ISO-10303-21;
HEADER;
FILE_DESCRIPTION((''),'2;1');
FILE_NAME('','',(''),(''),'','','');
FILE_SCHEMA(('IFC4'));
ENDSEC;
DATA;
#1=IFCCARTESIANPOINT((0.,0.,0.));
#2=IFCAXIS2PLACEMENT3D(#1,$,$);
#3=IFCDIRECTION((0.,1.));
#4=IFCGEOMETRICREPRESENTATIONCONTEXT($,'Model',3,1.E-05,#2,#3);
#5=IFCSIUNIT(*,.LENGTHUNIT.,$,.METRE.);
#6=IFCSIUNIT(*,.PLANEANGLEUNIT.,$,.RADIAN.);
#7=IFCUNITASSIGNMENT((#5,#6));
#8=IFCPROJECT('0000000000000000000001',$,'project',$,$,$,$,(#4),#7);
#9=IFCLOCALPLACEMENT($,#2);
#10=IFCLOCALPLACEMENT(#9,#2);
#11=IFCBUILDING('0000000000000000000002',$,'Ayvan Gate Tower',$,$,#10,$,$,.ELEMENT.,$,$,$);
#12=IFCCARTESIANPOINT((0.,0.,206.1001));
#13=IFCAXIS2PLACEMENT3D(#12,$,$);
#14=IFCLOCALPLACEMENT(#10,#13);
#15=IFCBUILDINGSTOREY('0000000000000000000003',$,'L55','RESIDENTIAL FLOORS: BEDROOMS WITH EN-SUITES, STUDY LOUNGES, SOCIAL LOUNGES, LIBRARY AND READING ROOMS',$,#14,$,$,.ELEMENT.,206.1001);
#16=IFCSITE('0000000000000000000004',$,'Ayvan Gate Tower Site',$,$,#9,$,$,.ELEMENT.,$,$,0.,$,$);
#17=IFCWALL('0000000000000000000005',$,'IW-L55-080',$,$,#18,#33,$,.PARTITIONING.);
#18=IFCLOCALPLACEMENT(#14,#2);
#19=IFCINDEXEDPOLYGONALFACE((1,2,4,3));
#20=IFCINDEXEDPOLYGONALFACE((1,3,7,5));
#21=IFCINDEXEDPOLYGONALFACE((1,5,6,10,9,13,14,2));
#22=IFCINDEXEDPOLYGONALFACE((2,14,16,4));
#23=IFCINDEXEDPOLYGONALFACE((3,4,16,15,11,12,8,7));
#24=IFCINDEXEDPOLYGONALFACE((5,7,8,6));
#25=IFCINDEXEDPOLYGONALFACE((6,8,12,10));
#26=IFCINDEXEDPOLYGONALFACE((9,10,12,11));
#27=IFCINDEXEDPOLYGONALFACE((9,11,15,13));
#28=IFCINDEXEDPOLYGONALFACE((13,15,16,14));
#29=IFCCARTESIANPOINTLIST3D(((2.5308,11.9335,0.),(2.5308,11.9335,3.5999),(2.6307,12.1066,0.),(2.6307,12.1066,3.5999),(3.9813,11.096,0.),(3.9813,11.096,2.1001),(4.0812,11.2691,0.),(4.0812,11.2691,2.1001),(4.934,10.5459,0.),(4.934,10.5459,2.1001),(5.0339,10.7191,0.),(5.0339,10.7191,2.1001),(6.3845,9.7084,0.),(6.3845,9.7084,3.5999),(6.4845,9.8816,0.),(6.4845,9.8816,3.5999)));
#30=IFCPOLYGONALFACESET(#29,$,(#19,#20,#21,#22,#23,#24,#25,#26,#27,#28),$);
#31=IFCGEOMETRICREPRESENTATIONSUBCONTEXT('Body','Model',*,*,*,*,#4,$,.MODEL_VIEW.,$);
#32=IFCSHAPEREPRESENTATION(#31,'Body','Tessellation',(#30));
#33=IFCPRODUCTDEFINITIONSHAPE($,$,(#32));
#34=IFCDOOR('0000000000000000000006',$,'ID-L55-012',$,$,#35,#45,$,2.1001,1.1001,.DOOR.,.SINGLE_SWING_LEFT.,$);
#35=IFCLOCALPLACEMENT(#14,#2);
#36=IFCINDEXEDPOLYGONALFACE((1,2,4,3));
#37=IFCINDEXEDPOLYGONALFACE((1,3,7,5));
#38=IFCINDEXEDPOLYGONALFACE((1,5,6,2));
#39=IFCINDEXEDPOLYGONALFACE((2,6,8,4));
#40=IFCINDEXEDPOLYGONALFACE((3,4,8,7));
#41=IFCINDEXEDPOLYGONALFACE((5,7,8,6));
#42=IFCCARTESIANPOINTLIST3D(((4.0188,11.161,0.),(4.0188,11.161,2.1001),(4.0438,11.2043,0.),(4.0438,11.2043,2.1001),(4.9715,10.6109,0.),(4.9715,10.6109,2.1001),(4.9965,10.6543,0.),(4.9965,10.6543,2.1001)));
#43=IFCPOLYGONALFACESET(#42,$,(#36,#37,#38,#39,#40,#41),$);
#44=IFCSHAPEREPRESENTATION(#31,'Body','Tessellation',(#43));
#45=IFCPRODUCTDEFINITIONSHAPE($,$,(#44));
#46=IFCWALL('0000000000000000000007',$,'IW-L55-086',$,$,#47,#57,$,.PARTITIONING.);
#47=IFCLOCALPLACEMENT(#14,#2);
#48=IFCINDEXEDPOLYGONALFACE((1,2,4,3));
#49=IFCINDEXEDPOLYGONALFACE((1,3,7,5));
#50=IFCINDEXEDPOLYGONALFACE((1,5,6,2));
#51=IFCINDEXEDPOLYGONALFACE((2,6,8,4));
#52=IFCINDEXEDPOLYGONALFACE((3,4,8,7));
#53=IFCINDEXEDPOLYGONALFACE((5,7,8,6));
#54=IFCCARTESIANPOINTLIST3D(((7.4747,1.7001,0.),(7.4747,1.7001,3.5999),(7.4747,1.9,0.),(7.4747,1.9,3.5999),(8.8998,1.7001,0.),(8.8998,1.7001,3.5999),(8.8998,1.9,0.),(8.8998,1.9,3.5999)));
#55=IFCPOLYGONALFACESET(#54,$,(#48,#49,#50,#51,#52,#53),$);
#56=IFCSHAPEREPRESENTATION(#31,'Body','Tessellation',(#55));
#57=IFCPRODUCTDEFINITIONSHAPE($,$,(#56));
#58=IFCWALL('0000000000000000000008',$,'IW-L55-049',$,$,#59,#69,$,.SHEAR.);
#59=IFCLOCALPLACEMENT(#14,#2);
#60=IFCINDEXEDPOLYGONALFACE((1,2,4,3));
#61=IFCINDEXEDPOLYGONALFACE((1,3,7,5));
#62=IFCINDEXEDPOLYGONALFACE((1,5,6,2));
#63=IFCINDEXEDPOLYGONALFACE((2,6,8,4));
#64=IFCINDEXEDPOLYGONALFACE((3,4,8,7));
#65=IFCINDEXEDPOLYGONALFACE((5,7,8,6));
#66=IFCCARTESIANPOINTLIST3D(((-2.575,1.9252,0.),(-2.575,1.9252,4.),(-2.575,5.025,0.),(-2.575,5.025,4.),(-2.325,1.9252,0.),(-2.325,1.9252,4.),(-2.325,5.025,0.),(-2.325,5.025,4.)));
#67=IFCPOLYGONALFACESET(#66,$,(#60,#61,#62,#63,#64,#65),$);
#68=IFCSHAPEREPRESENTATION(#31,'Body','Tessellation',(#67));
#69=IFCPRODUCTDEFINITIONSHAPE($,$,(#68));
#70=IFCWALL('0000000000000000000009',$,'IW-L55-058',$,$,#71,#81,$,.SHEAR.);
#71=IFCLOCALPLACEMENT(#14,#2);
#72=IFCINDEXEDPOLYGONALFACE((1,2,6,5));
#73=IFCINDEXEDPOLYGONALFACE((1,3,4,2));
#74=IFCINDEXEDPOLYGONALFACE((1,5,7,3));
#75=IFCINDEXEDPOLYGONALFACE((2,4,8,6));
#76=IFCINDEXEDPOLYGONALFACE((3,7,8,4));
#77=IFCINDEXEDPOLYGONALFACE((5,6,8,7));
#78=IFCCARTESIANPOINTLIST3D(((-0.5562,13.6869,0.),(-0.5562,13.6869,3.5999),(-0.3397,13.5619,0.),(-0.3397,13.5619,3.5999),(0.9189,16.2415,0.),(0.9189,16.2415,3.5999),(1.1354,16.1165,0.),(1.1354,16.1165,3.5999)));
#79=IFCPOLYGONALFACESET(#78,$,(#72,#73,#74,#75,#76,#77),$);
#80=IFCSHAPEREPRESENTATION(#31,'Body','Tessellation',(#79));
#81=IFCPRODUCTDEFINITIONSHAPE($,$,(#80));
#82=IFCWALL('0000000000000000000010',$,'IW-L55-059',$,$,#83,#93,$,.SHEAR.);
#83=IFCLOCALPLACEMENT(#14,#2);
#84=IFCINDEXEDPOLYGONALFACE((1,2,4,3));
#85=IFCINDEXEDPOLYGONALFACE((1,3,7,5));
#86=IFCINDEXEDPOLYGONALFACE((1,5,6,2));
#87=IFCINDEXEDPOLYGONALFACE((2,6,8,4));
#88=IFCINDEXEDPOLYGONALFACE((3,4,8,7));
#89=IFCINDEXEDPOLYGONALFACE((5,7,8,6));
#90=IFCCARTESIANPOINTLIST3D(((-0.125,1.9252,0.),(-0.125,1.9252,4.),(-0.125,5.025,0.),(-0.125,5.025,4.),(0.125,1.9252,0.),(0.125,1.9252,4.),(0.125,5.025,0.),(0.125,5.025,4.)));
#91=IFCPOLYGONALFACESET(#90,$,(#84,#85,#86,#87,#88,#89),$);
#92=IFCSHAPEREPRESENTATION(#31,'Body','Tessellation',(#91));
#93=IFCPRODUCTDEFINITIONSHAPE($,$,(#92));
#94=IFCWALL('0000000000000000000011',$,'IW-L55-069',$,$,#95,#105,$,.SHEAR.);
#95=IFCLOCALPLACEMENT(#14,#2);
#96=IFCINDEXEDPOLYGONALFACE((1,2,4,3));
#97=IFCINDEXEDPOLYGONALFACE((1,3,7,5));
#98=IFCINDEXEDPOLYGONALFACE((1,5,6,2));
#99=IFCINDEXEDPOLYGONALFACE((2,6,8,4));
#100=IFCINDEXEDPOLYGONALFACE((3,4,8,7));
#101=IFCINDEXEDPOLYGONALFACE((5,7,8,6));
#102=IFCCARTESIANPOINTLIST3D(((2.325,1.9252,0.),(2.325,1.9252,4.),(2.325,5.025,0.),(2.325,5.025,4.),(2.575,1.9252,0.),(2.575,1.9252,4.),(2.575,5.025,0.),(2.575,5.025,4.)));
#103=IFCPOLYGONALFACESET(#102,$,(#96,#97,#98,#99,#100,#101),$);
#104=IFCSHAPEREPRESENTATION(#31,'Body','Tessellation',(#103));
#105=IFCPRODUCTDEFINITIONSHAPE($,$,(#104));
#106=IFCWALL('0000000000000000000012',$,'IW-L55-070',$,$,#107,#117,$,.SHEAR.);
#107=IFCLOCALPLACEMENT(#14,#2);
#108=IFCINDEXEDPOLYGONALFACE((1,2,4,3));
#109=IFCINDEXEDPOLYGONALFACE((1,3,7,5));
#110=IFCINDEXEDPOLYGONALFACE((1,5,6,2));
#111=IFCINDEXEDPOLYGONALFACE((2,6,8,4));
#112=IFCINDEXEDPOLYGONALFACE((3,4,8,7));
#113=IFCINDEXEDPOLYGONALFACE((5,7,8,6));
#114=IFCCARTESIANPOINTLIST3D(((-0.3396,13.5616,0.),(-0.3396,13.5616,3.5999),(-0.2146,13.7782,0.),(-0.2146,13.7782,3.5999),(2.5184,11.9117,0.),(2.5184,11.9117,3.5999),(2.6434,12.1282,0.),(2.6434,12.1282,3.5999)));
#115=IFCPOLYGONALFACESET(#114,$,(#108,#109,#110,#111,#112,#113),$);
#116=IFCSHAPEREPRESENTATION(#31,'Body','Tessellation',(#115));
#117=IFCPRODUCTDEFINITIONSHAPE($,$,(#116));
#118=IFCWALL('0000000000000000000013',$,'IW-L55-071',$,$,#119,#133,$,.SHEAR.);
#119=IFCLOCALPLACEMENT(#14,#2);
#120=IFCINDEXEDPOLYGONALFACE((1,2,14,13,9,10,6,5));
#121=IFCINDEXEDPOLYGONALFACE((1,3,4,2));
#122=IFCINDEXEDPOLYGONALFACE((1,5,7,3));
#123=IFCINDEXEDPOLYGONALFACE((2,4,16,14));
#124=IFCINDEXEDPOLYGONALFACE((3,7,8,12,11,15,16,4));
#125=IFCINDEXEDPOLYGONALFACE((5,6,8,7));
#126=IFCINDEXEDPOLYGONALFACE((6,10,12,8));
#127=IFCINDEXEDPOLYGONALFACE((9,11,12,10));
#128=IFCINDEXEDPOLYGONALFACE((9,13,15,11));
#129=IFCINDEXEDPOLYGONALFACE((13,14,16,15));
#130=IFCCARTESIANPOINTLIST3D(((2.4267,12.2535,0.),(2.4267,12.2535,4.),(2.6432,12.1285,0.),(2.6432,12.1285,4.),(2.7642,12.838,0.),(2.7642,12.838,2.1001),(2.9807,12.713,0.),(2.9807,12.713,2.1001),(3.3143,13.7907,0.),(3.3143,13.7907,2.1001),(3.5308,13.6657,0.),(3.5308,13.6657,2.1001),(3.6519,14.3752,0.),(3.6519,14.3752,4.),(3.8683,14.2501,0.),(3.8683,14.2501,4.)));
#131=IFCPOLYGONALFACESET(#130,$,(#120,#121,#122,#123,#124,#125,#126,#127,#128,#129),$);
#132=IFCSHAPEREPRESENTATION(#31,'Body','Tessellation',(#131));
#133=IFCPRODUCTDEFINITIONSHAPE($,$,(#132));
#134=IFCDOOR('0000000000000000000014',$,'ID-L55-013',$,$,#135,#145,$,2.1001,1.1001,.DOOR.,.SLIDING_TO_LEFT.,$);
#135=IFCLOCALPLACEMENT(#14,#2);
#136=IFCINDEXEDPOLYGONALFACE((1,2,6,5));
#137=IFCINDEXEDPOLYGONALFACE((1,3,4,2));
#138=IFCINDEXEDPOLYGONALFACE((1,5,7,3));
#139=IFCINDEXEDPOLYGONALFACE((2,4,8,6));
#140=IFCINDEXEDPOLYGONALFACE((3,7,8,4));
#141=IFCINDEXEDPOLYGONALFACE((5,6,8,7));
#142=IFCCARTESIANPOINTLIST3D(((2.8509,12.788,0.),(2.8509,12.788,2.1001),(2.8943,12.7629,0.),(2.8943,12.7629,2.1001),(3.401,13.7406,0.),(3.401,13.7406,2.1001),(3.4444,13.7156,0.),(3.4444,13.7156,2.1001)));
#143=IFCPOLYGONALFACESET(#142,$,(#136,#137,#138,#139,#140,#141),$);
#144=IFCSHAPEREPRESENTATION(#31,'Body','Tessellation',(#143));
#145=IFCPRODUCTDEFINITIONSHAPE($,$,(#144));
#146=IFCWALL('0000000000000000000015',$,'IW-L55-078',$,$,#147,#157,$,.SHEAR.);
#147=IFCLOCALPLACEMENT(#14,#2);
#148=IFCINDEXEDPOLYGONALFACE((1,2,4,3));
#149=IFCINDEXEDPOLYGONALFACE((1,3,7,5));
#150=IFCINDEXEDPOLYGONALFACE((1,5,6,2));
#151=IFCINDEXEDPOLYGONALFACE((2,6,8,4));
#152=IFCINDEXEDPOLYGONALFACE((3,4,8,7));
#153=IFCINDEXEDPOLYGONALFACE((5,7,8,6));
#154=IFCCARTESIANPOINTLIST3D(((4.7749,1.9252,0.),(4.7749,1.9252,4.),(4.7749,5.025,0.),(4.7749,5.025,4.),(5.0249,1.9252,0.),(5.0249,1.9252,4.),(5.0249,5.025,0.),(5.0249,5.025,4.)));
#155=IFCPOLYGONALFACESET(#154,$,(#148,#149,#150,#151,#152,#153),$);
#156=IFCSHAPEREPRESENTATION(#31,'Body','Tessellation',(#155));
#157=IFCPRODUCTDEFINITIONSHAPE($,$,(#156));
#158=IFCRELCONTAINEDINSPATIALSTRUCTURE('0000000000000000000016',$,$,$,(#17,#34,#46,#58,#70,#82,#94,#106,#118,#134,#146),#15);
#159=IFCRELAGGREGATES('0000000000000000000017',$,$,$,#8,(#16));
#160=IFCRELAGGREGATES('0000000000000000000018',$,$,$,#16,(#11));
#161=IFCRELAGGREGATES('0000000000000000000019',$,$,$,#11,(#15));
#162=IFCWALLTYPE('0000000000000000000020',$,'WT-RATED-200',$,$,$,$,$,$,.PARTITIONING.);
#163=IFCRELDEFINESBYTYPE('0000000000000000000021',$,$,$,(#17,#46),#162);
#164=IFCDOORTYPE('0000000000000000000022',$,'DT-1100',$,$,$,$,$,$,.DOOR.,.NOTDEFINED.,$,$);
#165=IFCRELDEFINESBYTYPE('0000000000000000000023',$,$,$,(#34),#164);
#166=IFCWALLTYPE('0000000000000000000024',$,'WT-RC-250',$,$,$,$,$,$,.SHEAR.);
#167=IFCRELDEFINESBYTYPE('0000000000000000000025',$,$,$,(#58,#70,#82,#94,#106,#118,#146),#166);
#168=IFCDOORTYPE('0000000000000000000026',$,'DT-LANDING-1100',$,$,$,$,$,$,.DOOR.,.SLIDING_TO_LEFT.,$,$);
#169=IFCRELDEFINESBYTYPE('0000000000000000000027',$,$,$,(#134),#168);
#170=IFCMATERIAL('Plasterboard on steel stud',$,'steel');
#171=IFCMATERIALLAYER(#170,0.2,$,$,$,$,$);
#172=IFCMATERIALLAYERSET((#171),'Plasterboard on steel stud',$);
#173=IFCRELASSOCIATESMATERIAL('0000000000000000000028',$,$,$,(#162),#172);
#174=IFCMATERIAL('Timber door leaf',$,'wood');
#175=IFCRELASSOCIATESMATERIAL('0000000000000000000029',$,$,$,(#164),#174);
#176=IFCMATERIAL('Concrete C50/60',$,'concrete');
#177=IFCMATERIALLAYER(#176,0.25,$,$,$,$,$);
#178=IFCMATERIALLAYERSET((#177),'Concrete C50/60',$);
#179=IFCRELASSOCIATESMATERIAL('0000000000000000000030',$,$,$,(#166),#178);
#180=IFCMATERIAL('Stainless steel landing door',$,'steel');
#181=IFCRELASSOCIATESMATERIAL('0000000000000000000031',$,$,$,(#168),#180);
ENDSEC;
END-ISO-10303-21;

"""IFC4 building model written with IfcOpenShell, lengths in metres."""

from ifc_helpers import new_model, si_unit, direction, frame, frame_2d, origin, place, context, subcontext, project, spatial, rectangle, extrude, material, layer, layer_set, type_object, element, fill, save


model = new_model("IFC4")

# Units and contexts
model_context = context("Model", 3, precision=1e-05, world=origin(), true_north=direction((0.0, 1.0)))
body_context = subcontext(model_context, "Body", "Model", "MODEL_VIEW")
ifc_project = project(units=[si_unit("LENGTHUNIT", "METRE"), si_unit("PLANEANGLEUNIT", "RADIAN")], contexts=[model_context])

# Site, building, storey
site_placement = place(None, origin())
site = spatial("IfcSite", under=ifc_project, at=site_placement, Name="Ayvan Gate Tower Site", CompositionType="ELEMENT", RefElevation=0.0)
building_placement = place(site_placement, origin())
building = spatial("IfcBuilding", under=site, at=building_placement, Name="Ayvan Gate Tower", CompositionType="ELEMENT")
storey_placement = place(building_placement, frame((0.0, 0.0, 206.1001)))
storey = spatial("IfcBuildingStorey", under=building, at=storey_placement, Name="L55", Description="RESIDENTIAL FLOORS: BEDROOMS WITH EN-SUITES, STUDY LOUNGES, SOCIAL LOUNGES, LIBRARY AND READING ROOMS", CompositionType="ELEMENT", Elevation=206.1001)

# Shared definitions
ifc_material_1 = material(Name="Timber door leaf", Category="wood")
ifc_material_2 = material(Name="Plasterboard on steel stud", Category="steel")

# Shared definitions
ifc_layer_1 = layer(ifc_material_2, 0.2)
ifc_layer_set_1 = layer_set([ifc_layer_1], Name="Plasterboard on steel stud")
wall_type_1 = type_object("IfcWallType", Name="WT-RATED-200", PredefinedType="PARTITIONING", material=ifc_layer_set_1)

# Wall, opening, door
wall_1_placement = place(storey_placement, frame((6.4346, 9.7949, 0.0), z_axis=(0.0, 0.0, 1.0), x_axis=(-0.866013, 0.500022, 0.0)))
wall_1 = element("IfcWall", 1, at=wall_1_placement, inside=storey, type_object=wall_type_1, Name="IW-L55-080", PredefinedType="PARTITIONING", context=body_context, shape_type="SweptSolid", body=[
    extrude(rectangle(XDim=4.45, YDim=0.2, at=frame_2d((2.2251, 0.0))), origin(), (0.0, 0.0, 1.0), 3.5999),
])
opening_1_placement = place(wall_1_placement, frame((1.675, 0.0, 0.0)))
opening_1 = element("IfcOpeningElement", 2, at=opening_1_placement, cuts=wall_1, PredefinedType="OPENING", context=body_context, shape_type="SweptSolid", body=[
    extrude(rectangle(XDim=1.1001, YDim=2.1001, at=frame_2d((0.55, 1.05))), frame((0.0, 0.1099, 0.0), z_axis=(0.0, -1.0, 0.0), x_axis=(1.0, 0.0, 0.0)), (0.0, 0.0, 1.0), 0.22),
])
door_type_1 = type_object("IfcDoorType", Name="DT-1100", OperationType="NOTDEFINED", PredefinedType="DOOR", material=ifc_material_1)
door_1_placement = place(opening_1_placement, origin())
door_1 = element("IfcDoor", 3, at=door_1_placement, inside=storey, type_object=door_type_1, Name="ID-L55-012", OperationType="SINGLE_SWING_LEFT", OverallHeight=2.1001, OverallWidth=1.1001, PredefinedType="DOOR", context=body_context, shape_type="SweptSolid", body=[
    extrude(rectangle(XDim=1.1001, YDim=2.1001, at=frame_2d((0.55, 1.05))), frame((0.0, 0.0249, 0.0), z_axis=(0.0, -1.0, 0.0), x_axis=(1.0, 0.0, 0.0)), (0.0, 0.0, 1.0), 0.05),
])
fill(opening_1, door_1)

# Walls
wall_2_placement = place(storey_placement, frame((7.4749, 1.8, 0.0), z_axis=(0.0, 0.0, 1.0), x_axis=(1.0, 0.0, 0.0)))
element("IfcWall", 4, at=wall_2_placement, inside=storey, type_object=wall_type_1, Name="IW-L55-086", PredefinedType="PARTITIONING", context=body_context, shape_type="SweptSolid", body=[
    extrude(rectangle(XDim=1.425, YDim=0.2, at=frame_2d((0.7124, 0.0))), origin(), (0.0, 0.0, 1.0), 3.5999),
])
ifc_material_3 = material(Name="Concrete C50/60", Category="concrete")
ifc_layer_2 = layer(ifc_material_3, 0.25)
ifc_layer_set_2 = layer_set([ifc_layer_2], Name="Concrete C50/60")
wall_type_2 = type_object("IfcWallType", Name="WT-RC-250", PredefinedType="SHEAR", material=ifc_layer_set_2)
wall_3_placement = place(storey_placement, frame((-2.45, 5.0249, 0.0), z_axis=(0.0, 0.0, 1.0), x_axis=(0.0, -1.0, 0.0)))
element("IfcWall", 5, at=wall_3_placement, inside=storey, type_object=wall_type_2, Name="IW-L55-049", PredefinedType="SHEAR", context=body_context, shape_type="SweptSolid", body=[
    extrude(rectangle(XDim=3.0999, YDim=0.25, at=frame_2d((1.5498, 0.0))), origin(), (0.0, 0.0, 1.0), 4.0),
])
wall_4_placement = place(storey_placement, frame((-0.448, 13.6243, 0.0), z_axis=(0.0, 0.0, 1.0), x_axis=(0.500038, 0.866004, 0.0)))
element("IfcWall", 6, at=wall_4_placement, inside=storey, type_object=wall_type_2, Name="IW-L55-058", PredefinedType="SHEAR", context=body_context, shape_type="SweptSolid", body=[
    extrude(rectangle(XDim=2.95, YDim=0.25, at=frame_2d((1.4751, 0.0))), origin(), (0.0, 0.0, 1.0), 3.5999),
])
for number, where, z_axis, x_axis, name in (
    (7, (0.0, 5.0249, 0.0), (0.0, 0.0, 1.0), (0.0, -1.0, 0.0), "IW-L55-059"),
    (8, (2.45, 5.0249, 0.0), (0.0, 0.0, 1.0), (0.0, -1.0, 0.0), "IW-L55-069"),
):
    element("IfcWall", number, at=place(storey_placement, frame(where, z_axis=z_axis, x_axis=x_axis)), inside=storey, type_object=wall_type_2, Name=name, PredefinedType="SHEAR", context=body_context, shape_type="SweptSolid", body=[
        extrude(rectangle(XDim=3.0999, YDim=0.25, at=frame_2d((1.5498, 0.0))), origin(), (0.0, 0.0, 1.0), 4.0),
    ])
wall_5_placement = place(storey_placement, frame((2.5808, 12.02, 0.0), z_axis=(0.0, 0.0, 1.0), x_axis=(-0.86604, 0.499974, 0.0)))
element("IfcWall", 9, at=wall_5_placement, inside=storey, type_object=wall_type_2, Name="IW-L55-070", PredefinedType="SHEAR", context=body_context, shape_type="SweptSolid", body=[
    extrude(rectangle(XDim=3.3, YDim=0.25, at=frame_2d((1.6499, 0.0))), origin(), (0.0, 0.0, 1.0), 3.5999),
])

# Wall, opening, door
wall_6_placement = place(storey_placement, frame((2.5349, 12.1909, 0.0), z_axis=(0.0, 0.0, 1.0), x_axis=(0.500062, 0.86599, 0.0)))
wall_6 = element("IfcWall", 10, at=wall_6_placement, inside=storey, type_object=wall_type_2, Name="IW-L55-071", PredefinedType="SHEAR", context=body_context, shape_type="SweptSolid", body=[
    extrude(rectangle(XDim=2.45, YDim=0.25, at=frame_2d((1.2251, 0.0))), origin(), (0.0, 0.0, 1.0), 4.0),
])
opening_2_placement = place(wall_6_placement, frame((0.675, 0.0, 0.0)))
opening_2 = element("IfcOpeningElement", 11, at=opening_2_placement, cuts=wall_6, PredefinedType="OPENING", context=body_context, shape_type="SweptSolid", body=[
    extrude(rectangle(XDim=1.1001, YDim=2.1001, at=frame_2d((0.55, 1.05))), frame((0.0, 0.135, 0.0), z_axis=(0.0, -1.0, 0.0), x_axis=(1.0, 0.0, 0.0)), (0.0, 0.0, 1.0), 0.27),
])
ifc_material_4 = material(Name="Stainless steel landing door", Category="steel")
door_type_2 = type_object("IfcDoorType", Name="DT-LANDING-1100", OperationType="SLIDING_TO_LEFT", PredefinedType="DOOR", material=ifc_material_4)
door_2_placement = place(opening_2_placement, origin())
door_2 = element("IfcDoor", 12, at=door_2_placement, inside=storey, type_object=door_type_2, Name="ID-L55-013", OperationType="SLIDING_TO_LEFT", OverallHeight=2.1001, OverallWidth=1.1001, PredefinedType="DOOR", context=body_context, shape_type="SweptSolid", body=[
    extrude(rectangle(XDim=1.1001, YDim=2.1001, at=frame_2d((0.55, 1.05))), frame((0.0, 0.0249, 0.0), z_axis=(0.0, -1.0, 0.0), x_axis=(1.0, 0.0, 0.0)), (0.0, 0.0, 1.0), 0.05),
])
fill(opening_2, door_2)

# Wall
wall_7_placement = place(storey_placement, frame((4.8999, 5.0249, 0.0), z_axis=(0.0, 0.0, 1.0), x_axis=(0.0, -1.0, 0.0)))
element("IfcWall", 13, at=wall_7_placement, inside=storey, type_object=wall_type_2, Name="IW-L55-078", PredefinedType="SHEAR", context=body_context, shape_type="SweptSolid", body=[
    extrude(rectangle(XDim=3.0999, YDim=0.25, at=frame_2d((1.5498, 0.0))), origin(), (0.0, 0.0, 1.0), 4.0),
])

save(model, "model.ifc")
